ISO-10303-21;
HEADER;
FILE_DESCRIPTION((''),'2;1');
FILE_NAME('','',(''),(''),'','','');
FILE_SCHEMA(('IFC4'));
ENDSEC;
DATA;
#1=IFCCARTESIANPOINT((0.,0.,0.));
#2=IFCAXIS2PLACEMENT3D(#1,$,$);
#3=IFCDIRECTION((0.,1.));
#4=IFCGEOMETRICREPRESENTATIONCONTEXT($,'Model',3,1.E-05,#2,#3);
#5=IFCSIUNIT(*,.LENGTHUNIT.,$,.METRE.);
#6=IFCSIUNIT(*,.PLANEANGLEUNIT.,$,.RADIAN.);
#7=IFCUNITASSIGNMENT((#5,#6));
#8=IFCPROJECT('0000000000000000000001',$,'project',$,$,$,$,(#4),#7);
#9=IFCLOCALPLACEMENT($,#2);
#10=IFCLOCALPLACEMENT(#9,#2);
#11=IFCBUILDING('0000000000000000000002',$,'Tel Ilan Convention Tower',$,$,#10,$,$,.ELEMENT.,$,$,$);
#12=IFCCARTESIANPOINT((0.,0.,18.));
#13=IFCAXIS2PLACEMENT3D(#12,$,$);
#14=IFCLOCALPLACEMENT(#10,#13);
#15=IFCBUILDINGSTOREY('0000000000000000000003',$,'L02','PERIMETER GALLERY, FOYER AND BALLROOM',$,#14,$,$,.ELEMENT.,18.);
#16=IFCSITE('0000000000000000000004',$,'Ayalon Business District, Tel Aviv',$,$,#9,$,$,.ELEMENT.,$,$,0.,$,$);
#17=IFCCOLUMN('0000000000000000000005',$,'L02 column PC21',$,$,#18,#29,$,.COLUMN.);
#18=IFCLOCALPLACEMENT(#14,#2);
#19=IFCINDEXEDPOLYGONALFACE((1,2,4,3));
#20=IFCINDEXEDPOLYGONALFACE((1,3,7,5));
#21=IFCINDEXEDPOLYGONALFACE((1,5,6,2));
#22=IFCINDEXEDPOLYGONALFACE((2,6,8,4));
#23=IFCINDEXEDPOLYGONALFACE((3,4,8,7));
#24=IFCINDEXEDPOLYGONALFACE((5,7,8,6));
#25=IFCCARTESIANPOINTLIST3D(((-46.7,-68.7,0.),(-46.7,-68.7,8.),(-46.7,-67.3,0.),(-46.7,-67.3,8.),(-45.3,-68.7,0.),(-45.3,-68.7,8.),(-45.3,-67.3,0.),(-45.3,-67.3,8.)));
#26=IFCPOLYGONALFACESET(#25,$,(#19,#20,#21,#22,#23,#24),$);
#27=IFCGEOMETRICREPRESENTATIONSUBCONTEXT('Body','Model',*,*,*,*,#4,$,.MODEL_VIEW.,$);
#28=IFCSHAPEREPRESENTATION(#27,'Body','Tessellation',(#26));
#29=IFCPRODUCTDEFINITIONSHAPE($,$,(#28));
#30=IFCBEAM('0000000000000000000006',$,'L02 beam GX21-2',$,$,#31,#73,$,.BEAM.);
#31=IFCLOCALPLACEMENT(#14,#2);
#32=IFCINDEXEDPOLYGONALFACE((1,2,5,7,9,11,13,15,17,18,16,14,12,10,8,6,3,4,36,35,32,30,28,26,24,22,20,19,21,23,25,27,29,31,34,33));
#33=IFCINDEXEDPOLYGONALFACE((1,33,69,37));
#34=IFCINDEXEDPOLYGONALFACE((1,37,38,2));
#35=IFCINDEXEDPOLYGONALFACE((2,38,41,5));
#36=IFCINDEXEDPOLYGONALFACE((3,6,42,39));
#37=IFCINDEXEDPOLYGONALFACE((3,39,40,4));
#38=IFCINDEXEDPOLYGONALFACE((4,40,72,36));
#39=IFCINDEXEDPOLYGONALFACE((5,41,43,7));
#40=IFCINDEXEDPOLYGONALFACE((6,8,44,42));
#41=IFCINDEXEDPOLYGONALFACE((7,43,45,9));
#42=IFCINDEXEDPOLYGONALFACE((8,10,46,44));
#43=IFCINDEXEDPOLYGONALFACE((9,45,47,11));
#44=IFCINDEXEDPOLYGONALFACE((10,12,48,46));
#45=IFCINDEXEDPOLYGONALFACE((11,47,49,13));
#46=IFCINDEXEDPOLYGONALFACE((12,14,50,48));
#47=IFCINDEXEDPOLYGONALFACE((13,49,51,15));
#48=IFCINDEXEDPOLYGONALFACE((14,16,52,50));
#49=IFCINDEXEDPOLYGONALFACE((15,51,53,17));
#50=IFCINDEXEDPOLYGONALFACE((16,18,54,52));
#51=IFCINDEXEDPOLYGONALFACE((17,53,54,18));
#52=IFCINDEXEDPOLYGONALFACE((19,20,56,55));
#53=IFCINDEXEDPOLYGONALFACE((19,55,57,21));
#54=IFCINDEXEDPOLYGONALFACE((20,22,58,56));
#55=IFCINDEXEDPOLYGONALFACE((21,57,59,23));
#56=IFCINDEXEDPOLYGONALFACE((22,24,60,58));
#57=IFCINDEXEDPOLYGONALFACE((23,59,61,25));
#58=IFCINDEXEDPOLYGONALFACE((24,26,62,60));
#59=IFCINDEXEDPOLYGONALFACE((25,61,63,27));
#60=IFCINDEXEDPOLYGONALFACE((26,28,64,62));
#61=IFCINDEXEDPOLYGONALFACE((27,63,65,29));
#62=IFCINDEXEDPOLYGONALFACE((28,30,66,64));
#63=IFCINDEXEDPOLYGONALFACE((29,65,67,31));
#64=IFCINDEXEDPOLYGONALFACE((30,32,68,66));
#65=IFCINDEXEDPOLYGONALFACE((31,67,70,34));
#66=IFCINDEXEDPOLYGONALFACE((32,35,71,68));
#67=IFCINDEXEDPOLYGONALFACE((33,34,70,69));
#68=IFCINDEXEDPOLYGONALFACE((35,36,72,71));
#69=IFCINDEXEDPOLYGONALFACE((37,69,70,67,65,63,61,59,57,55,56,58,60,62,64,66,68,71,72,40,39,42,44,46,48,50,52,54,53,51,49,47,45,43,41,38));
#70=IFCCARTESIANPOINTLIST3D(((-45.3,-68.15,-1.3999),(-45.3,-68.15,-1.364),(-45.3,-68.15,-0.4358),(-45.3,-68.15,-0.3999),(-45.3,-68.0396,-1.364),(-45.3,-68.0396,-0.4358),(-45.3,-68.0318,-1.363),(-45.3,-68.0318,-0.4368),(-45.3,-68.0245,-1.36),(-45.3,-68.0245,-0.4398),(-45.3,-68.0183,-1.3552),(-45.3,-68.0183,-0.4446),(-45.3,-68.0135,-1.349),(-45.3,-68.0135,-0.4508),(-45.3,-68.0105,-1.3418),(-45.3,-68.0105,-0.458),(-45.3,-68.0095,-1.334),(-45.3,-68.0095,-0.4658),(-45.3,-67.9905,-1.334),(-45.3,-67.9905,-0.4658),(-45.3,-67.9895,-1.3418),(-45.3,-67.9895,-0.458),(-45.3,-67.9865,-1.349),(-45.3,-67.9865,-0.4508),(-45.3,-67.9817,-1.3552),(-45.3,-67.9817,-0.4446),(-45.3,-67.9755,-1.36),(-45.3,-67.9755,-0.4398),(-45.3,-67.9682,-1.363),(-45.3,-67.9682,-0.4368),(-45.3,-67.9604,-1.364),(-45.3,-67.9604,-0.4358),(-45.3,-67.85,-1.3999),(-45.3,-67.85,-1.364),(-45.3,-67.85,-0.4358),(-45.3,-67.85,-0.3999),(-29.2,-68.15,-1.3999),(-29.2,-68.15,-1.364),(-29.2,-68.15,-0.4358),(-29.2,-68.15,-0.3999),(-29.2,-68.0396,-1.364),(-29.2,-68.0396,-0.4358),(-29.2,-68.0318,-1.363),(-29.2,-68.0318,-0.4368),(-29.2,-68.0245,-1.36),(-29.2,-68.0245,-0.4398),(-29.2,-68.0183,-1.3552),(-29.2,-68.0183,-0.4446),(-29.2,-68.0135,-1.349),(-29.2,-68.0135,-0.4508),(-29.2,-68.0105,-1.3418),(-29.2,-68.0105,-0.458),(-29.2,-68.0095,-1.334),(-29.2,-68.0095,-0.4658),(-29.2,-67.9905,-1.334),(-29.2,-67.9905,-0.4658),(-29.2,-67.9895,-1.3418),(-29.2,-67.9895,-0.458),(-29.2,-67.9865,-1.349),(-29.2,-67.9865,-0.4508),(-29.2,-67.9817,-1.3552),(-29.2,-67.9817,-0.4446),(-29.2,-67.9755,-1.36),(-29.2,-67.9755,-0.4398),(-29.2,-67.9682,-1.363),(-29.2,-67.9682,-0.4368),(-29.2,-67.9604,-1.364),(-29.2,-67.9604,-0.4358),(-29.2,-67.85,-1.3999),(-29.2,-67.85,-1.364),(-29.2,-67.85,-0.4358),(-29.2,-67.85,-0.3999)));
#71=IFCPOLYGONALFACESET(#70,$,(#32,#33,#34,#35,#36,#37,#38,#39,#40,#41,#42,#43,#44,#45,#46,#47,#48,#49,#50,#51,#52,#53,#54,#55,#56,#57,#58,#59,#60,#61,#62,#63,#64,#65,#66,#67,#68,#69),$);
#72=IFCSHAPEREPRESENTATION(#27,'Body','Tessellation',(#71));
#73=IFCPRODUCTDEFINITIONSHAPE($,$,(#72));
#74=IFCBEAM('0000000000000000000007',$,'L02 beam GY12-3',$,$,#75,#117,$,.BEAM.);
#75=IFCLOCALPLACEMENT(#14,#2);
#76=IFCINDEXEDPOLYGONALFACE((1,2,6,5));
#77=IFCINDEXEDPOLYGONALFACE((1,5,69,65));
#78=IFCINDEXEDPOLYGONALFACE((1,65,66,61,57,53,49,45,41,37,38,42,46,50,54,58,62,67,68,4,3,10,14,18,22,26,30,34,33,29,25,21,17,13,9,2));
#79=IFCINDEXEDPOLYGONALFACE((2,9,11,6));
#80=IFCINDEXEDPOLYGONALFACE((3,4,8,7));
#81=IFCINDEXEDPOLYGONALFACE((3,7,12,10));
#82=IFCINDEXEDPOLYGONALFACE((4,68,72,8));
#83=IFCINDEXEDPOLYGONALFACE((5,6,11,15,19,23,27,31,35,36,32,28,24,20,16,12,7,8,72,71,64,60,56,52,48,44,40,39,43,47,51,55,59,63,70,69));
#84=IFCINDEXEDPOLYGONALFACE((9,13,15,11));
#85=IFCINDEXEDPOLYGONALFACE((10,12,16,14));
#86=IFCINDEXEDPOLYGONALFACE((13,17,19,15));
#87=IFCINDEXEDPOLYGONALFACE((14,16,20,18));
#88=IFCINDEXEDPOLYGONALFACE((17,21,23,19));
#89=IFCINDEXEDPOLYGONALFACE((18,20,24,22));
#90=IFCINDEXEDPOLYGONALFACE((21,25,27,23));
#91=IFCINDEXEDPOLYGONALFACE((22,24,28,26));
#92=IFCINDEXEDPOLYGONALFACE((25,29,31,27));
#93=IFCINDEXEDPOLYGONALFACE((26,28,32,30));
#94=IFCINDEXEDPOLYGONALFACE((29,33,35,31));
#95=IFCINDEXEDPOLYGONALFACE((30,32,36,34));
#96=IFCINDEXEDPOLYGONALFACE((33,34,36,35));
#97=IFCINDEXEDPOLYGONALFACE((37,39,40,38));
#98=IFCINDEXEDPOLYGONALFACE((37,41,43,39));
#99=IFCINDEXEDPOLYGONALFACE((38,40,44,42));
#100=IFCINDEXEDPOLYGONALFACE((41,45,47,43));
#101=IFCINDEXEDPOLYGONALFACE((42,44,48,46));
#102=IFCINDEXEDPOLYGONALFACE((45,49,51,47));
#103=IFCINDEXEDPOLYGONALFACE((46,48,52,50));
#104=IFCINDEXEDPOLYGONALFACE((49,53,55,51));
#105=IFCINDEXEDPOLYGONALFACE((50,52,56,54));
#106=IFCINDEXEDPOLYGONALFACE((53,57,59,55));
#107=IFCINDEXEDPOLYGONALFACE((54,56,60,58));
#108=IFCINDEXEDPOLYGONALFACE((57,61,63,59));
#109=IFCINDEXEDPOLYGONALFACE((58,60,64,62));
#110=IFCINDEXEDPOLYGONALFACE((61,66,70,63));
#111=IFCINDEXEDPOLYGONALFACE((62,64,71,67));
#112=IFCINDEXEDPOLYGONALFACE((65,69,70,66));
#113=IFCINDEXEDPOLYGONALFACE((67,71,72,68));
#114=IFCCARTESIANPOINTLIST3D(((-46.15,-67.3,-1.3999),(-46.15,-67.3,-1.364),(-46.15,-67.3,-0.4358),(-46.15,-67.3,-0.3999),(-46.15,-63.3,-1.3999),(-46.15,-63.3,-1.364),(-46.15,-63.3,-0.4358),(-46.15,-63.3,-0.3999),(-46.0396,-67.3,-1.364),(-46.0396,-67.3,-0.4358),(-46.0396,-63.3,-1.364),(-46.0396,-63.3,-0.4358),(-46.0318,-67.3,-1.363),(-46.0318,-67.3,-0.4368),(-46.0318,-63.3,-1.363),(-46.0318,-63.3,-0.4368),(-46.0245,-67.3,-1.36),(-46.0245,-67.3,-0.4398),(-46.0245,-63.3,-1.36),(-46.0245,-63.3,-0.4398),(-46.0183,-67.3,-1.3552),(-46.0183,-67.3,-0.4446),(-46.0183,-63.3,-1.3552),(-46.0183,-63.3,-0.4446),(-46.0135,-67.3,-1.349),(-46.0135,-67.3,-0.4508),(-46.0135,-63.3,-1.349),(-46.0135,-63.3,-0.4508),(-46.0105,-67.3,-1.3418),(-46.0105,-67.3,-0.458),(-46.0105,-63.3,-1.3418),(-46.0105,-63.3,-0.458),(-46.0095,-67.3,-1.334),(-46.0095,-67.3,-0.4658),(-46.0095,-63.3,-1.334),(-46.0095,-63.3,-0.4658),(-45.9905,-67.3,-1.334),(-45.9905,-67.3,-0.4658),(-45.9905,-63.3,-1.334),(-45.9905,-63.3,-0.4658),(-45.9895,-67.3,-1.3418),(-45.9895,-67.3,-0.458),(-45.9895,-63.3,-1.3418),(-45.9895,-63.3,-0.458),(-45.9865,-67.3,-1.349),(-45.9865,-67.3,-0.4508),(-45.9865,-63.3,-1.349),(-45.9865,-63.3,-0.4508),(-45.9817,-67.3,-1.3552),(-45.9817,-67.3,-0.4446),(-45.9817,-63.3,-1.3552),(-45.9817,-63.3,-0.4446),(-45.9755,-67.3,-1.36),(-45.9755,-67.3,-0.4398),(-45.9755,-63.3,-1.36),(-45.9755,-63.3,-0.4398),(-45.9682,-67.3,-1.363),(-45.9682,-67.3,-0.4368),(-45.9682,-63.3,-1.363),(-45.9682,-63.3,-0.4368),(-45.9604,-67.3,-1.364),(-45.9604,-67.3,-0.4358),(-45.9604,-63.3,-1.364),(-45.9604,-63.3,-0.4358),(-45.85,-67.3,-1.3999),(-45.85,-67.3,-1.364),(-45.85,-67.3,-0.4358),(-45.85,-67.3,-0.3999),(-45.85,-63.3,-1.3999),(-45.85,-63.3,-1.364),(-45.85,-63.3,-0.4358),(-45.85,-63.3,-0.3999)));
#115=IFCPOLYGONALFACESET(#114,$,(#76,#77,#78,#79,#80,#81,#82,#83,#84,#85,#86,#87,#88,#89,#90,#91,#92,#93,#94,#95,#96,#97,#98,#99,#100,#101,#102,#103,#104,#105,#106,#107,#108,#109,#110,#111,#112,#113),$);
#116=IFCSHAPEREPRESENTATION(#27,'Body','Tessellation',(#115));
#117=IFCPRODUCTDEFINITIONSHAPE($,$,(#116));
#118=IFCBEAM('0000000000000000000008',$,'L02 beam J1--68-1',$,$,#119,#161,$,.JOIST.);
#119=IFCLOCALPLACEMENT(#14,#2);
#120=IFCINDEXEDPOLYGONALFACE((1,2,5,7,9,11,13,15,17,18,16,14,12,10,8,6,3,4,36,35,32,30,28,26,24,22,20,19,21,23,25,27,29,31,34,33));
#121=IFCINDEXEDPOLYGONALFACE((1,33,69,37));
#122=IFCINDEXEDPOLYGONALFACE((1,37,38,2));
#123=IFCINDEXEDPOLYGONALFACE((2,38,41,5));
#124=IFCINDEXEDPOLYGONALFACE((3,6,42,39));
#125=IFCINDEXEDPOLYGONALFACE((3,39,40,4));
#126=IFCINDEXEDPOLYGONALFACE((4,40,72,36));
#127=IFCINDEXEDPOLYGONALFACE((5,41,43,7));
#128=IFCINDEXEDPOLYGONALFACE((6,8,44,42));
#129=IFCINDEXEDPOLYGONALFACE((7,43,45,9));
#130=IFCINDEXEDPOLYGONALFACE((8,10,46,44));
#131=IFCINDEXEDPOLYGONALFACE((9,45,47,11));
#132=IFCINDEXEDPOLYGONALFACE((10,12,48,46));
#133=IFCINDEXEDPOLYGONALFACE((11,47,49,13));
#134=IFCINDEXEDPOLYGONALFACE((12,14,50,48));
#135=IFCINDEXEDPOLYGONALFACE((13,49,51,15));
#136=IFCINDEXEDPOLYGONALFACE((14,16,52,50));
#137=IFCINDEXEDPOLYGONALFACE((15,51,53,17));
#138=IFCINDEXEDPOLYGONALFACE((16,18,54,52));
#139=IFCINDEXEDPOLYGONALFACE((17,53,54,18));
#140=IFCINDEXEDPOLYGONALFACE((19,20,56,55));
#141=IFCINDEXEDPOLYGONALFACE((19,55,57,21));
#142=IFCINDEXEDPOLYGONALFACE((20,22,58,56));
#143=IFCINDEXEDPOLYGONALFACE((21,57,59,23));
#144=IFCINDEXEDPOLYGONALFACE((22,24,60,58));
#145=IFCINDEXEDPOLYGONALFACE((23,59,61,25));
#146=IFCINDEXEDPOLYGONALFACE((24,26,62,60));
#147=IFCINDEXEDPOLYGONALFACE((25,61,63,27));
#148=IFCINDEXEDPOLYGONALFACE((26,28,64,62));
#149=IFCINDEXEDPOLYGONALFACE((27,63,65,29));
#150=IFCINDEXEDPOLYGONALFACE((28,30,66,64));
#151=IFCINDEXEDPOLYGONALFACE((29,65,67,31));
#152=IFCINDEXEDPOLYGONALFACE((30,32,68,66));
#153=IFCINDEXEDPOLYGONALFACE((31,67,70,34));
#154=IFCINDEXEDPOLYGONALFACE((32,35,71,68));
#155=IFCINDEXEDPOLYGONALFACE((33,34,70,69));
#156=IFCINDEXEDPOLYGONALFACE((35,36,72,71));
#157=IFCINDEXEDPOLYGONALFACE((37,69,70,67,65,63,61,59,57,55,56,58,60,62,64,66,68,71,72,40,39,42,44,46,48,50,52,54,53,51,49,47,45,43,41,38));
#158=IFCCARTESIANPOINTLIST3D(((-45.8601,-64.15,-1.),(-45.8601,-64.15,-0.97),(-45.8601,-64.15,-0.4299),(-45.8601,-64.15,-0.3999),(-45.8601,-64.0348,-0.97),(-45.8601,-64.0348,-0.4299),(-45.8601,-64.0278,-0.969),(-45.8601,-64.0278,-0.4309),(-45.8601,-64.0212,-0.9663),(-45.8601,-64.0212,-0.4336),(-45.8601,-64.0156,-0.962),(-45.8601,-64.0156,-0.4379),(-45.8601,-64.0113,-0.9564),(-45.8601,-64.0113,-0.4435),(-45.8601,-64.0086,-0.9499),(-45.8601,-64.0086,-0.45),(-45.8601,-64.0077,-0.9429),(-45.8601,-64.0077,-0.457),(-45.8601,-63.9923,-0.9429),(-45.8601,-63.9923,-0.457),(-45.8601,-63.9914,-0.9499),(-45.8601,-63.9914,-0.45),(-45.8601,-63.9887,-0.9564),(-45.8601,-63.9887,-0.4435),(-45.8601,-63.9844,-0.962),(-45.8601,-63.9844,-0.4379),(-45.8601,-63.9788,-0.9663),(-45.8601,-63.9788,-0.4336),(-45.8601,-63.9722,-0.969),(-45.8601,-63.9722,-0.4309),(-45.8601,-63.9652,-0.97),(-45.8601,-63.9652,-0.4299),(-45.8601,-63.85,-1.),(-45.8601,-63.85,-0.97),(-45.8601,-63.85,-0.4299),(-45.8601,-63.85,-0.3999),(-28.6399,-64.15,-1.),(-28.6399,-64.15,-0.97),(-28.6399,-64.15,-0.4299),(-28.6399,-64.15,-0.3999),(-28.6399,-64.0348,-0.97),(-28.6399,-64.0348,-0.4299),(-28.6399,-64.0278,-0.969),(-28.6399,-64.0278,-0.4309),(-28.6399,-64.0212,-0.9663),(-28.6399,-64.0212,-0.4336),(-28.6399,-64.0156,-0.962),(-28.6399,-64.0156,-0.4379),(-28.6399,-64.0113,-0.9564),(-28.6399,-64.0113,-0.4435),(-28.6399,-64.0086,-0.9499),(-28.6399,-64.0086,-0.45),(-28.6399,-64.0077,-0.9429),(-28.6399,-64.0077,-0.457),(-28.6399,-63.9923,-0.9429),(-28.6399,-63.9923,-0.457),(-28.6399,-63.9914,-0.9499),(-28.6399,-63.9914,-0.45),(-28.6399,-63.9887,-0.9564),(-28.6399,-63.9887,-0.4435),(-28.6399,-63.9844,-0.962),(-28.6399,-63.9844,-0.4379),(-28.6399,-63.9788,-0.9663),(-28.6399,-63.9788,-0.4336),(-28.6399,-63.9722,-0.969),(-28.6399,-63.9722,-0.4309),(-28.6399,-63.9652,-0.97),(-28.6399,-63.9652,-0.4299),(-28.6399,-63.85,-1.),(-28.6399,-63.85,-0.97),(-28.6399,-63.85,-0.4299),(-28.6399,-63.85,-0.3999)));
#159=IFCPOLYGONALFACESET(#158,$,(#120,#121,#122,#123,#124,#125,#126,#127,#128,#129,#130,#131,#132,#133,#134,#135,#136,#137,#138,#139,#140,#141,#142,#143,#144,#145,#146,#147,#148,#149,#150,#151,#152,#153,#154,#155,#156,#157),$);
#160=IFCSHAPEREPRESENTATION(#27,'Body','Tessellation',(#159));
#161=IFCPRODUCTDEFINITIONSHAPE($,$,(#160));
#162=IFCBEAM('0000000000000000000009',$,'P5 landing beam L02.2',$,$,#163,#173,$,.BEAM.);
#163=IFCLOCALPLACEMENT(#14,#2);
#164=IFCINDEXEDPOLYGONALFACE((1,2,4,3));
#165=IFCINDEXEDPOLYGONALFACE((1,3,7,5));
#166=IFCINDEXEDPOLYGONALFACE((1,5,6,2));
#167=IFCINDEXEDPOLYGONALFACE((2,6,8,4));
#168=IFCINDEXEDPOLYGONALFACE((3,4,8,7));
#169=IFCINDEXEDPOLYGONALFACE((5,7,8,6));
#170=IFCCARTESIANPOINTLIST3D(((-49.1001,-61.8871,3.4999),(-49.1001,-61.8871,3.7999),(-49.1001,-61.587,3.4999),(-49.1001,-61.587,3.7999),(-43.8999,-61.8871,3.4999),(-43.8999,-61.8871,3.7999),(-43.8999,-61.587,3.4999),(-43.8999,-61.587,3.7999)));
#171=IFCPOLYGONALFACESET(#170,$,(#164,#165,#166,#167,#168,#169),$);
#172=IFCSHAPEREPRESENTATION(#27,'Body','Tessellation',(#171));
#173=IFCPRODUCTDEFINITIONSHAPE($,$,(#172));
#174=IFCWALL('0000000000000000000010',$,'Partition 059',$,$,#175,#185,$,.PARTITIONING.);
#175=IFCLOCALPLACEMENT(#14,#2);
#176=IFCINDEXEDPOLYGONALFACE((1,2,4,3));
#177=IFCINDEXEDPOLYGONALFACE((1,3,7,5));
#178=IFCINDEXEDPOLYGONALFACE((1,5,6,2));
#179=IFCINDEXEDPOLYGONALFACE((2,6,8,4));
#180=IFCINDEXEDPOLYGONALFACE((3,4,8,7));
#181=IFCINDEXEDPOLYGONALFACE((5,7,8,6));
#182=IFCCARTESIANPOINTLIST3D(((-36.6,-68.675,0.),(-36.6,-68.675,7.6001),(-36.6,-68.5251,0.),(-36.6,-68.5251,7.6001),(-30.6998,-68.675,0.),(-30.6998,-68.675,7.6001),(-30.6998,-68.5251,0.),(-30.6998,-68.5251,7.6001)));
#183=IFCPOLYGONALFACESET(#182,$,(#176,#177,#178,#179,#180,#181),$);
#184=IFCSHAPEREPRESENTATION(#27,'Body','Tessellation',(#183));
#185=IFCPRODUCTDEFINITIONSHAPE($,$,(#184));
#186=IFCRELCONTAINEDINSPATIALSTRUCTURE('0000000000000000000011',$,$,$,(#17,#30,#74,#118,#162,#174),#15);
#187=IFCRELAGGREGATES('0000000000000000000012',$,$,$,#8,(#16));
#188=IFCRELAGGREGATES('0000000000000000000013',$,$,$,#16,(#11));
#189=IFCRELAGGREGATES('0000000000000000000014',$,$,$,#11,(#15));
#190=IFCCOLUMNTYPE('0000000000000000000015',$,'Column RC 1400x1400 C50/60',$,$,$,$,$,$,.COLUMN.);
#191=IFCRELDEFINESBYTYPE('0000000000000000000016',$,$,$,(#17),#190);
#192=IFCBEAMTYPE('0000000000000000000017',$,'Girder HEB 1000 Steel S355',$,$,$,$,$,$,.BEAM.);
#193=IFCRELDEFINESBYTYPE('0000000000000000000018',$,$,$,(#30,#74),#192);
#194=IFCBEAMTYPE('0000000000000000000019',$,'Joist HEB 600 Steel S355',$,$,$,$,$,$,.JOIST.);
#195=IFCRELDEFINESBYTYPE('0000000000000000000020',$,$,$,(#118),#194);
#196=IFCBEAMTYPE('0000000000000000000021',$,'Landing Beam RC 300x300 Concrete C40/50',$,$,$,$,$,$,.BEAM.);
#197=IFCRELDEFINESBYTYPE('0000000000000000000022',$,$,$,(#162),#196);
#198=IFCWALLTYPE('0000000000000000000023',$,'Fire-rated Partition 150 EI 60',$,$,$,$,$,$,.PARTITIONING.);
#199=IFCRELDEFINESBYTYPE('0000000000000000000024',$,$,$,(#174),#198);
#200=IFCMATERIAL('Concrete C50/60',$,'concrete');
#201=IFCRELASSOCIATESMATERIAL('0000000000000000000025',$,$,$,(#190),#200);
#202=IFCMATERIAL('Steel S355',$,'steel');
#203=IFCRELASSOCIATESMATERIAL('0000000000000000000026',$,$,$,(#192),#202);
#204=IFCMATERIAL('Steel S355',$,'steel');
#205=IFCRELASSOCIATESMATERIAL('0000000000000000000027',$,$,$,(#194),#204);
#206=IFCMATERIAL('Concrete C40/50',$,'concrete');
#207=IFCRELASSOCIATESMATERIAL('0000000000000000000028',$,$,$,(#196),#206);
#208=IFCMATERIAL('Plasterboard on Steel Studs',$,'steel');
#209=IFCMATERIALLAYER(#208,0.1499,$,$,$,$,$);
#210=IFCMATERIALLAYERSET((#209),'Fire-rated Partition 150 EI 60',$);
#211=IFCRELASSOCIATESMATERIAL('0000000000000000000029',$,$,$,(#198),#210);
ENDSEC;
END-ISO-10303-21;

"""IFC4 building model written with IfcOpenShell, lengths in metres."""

from ifc_helpers import new_model, si_unit, direction, frame, frame_2d, origin, origin_2d, place, context, subcontext, project, spatial, rectangle, i_section, extrude, material, layer, layer_set, material_profile, profile_set, type_object, element, save


model = new_model("IFC4")

# Units and contexts
model_context = context("Model", 3, precision=1e-05, world=origin(), true_north=direction((0.0, 1.0)))
body_context = subcontext(model_context, "Body", "Model", "MODEL_VIEW")
ifc_project = project(units=[si_unit("LENGTHUNIT", "METRE"), si_unit("PLANEANGLEUNIT", "RADIAN")], contexts=[model_context])

# Site, building, storey
site_placement = place(None, origin())
site = spatial("IfcSite", under=ifc_project, at=site_placement, Name="Ayalon Business District, Tel Aviv", CompositionType="ELEMENT", RefElevation=0.0)
building_placement = place(site_placement, origin())
building = spatial("IfcBuilding", under=site, at=building_placement, Name="Tel Ilan Convention Tower", CompositionType="ELEMENT")
storey_placement = place(building_placement, frame((0.0, 0.0, 18.0)))
storey = spatial("IfcBuildingStorey", under=building, at=storey_placement, Name="L02", Description="PERIMETER GALLERY, FOYER AND BALLROOM", CompositionType="ELEMENT", Elevation=18.0)

# Column
ifc_material_1 = material(Name="Concrete C50/60", Category="concrete")
ifc_material_profile_1 = material_profile(ifc_material_1, rectangle(XDim=1.3999, YDim=1.3999, at=origin_2d()), Name="RC 1400x1400")
ifc_profile_set_1 = profile_set([ifc_material_profile_1], Name="Concrete C50/60")
column_type = type_object("IfcColumnType", Name="Column RC 1400x1400 C50/60", PredefinedType="COLUMN", material=ifc_profile_set_1)
column_placement = place(storey_placement, frame((-46.0, -68.0, 0.0), z_axis=(0.0, 0.0, 1.0), x_axis=(1.0, 0.0, 0.0)))
element("IfcColumn", 1, at=column_placement, inside=storey, type_object=column_type, Name="L02 column PC21", PredefinedType="COLUMN", context=body_context, shape_type="SweptSolid", body=[
    extrude(rectangle(XDim=1.3999, YDim=1.3999, at=origin_2d()), origin(), (0.0, 0.0, 1.0), 8.0),
])

# Beams
ifc_material_2 = material(Name="Steel S355", Category="steel")
ifc_material_profile_2 = material_profile(ifc_material_2, i_section(OverallWidth=0.3, OverallDepth=1.0, WebThickness=0.019, FlangeThickness=0.0359, FilletRadius=0.03, at=origin_2d()), Name="HEB 1000")
ifc_profile_set_2 = profile_set([ifc_material_profile_2], Name="Steel S355")
beam_type_1 = type_object("IfcBeamType", Name="Girder HEB 1000 Steel S355", PredefinedType="BEAM", material=ifc_profile_set_2)
beam_1_placement = place(storey_placement, frame((-45.3, -68.0, -0.8999), z_axis=(1.0, 0.0, 0.0), x_axis=(0.0, 1.0, 0.0)))
element("IfcBeam", 2, at=beam_1_placement, inside=storey, type_object=beam_type_1, Name="L02 beam GX21-2", PredefinedType="BEAM", context=body_context, shape_type="SweptSolid", body=[
    extrude(i_section(OverallWidth=0.3, OverallDepth=1.0, WebThickness=0.019, FlangeThickness=0.0359, FilletRadius=0.03, at=origin_2d()), origin(), (0.0, 0.0, 1.0), 16.1001),
])
beam_2_placement = place(storey_placement, frame((-46.0, -67.3, -0.8999), z_axis=(0.0, 1.0, 0.0), x_axis=(-1.0, 0.0, 0.0)))
element("IfcBeam", 3, at=beam_2_placement, inside=storey, type_object=beam_type_1, Name="L02 beam GY12-3", PredefinedType="BEAM", context=body_context, shape_type="SweptSolid", body=[
    extrude(i_section(OverallWidth=0.3, OverallDepth=1.0, WebThickness=0.019, FlangeThickness=0.0359, FilletRadius=0.03, at=origin_2d()), origin(), (0.0, 0.0, 1.0), 4.0),
])
ifc_material_3 = material(Name="Steel S355", Category="steel")
ifc_material_profile_3 = material_profile(ifc_material_3, i_section(OverallWidth=0.3, OverallDepth=0.6001, WebThickness=0.0154, FlangeThickness=0.03, FilletRadius=0.0271, at=origin_2d()), Name="HEB 600")
ifc_profile_set_3 = profile_set([ifc_material_profile_3], Name="Steel S355")
beam_type_2 = type_object("IfcBeamType", Name="Joist HEB 600 Steel S355", PredefinedType="JOIST", material=ifc_profile_set_3)
beam_3_placement = place(storey_placement, frame((-45.8601, -64.0, -0.7), z_axis=(1.0, 0.0, 0.0), x_axis=(0.0, 1.0, 0.0)))
element("IfcBeam", 4, at=beam_3_placement, inside=storey, type_object=beam_type_2, Name="L02 beam J1--68-1", PredefinedType="JOIST", context=body_context, shape_type="SweptSolid", body=[
    extrude(i_section(OverallWidth=0.3, OverallDepth=0.6001, WebThickness=0.0154, FlangeThickness=0.03, FilletRadius=0.0271, at=origin_2d()), origin(), (0.0, 0.0, 1.0), 17.2202),
])
ifc_material_4 = material(Name="Concrete C40/50", Category="concrete")
ifc_material_profile_4 = material_profile(ifc_material_4, rectangle(XDim=0.3, YDim=0.3, at=origin_2d()), Name="RC 300x300")
ifc_profile_set_4 = profile_set([ifc_material_profile_4], Name="Concrete C40/50")
beam_type_3 = type_object("IfcBeamType", Name="Landing Beam RC 300x300 Concrete C40/50", PredefinedType="BEAM", material=ifc_profile_set_4)
beam_4_placement = place(storey_placement, frame((-43.8999, -61.7371, 3.6499), z_axis=(-1.0, 0.0, 0.0), x_axis=(0.0, -1.0, 0.0)))
element("IfcBeam", 5, at=beam_4_placement, inside=storey, type_object=beam_type_3, Name="P5 landing beam L02.2", PredefinedType="BEAM", context=body_context, shape_type="SweptSolid", body=[
    extrude(rectangle(XDim=0.3, YDim=0.3, at=origin_2d()), origin(), (0.0, 0.0, 1.0), 5.2002),
])

# Wall
ifc_material_5 = material(Name="Plasterboard on Steel Studs", Category="steel")
ifc_layer_1 = layer(ifc_material_5, 0.1499)
ifc_layer_set_1 = layer_set([ifc_layer_1], Name="Fire-rated Partition 150 EI 60")
wall_type_1 = type_object("IfcWallType", Name="Fire-rated Partition 150 EI 60", PredefinedType="PARTITIONING", material=ifc_layer_set_1)
wall_1_placement = place(storey_placement, frame((-36.6001, -68.6001, 0.0), z_axis=(0.0, 0.0, 1.0), x_axis=(1.0, 0.0, 0.0)))
element("IfcWall", 6, at=wall_1_placement, inside=storey, type_object=wall_type_1, Name="Partition 059", PredefinedType="PARTITIONING", context=body_context, shape_type="SweptSolid", body=[
    extrude(rectangle(XDim=5.9001, YDim=0.1499, at=frame_2d((2.9502, 0.0))), origin(), (0.0, 0.0, 1.0), 7.6001),
])

save(model, "model.ifc")
